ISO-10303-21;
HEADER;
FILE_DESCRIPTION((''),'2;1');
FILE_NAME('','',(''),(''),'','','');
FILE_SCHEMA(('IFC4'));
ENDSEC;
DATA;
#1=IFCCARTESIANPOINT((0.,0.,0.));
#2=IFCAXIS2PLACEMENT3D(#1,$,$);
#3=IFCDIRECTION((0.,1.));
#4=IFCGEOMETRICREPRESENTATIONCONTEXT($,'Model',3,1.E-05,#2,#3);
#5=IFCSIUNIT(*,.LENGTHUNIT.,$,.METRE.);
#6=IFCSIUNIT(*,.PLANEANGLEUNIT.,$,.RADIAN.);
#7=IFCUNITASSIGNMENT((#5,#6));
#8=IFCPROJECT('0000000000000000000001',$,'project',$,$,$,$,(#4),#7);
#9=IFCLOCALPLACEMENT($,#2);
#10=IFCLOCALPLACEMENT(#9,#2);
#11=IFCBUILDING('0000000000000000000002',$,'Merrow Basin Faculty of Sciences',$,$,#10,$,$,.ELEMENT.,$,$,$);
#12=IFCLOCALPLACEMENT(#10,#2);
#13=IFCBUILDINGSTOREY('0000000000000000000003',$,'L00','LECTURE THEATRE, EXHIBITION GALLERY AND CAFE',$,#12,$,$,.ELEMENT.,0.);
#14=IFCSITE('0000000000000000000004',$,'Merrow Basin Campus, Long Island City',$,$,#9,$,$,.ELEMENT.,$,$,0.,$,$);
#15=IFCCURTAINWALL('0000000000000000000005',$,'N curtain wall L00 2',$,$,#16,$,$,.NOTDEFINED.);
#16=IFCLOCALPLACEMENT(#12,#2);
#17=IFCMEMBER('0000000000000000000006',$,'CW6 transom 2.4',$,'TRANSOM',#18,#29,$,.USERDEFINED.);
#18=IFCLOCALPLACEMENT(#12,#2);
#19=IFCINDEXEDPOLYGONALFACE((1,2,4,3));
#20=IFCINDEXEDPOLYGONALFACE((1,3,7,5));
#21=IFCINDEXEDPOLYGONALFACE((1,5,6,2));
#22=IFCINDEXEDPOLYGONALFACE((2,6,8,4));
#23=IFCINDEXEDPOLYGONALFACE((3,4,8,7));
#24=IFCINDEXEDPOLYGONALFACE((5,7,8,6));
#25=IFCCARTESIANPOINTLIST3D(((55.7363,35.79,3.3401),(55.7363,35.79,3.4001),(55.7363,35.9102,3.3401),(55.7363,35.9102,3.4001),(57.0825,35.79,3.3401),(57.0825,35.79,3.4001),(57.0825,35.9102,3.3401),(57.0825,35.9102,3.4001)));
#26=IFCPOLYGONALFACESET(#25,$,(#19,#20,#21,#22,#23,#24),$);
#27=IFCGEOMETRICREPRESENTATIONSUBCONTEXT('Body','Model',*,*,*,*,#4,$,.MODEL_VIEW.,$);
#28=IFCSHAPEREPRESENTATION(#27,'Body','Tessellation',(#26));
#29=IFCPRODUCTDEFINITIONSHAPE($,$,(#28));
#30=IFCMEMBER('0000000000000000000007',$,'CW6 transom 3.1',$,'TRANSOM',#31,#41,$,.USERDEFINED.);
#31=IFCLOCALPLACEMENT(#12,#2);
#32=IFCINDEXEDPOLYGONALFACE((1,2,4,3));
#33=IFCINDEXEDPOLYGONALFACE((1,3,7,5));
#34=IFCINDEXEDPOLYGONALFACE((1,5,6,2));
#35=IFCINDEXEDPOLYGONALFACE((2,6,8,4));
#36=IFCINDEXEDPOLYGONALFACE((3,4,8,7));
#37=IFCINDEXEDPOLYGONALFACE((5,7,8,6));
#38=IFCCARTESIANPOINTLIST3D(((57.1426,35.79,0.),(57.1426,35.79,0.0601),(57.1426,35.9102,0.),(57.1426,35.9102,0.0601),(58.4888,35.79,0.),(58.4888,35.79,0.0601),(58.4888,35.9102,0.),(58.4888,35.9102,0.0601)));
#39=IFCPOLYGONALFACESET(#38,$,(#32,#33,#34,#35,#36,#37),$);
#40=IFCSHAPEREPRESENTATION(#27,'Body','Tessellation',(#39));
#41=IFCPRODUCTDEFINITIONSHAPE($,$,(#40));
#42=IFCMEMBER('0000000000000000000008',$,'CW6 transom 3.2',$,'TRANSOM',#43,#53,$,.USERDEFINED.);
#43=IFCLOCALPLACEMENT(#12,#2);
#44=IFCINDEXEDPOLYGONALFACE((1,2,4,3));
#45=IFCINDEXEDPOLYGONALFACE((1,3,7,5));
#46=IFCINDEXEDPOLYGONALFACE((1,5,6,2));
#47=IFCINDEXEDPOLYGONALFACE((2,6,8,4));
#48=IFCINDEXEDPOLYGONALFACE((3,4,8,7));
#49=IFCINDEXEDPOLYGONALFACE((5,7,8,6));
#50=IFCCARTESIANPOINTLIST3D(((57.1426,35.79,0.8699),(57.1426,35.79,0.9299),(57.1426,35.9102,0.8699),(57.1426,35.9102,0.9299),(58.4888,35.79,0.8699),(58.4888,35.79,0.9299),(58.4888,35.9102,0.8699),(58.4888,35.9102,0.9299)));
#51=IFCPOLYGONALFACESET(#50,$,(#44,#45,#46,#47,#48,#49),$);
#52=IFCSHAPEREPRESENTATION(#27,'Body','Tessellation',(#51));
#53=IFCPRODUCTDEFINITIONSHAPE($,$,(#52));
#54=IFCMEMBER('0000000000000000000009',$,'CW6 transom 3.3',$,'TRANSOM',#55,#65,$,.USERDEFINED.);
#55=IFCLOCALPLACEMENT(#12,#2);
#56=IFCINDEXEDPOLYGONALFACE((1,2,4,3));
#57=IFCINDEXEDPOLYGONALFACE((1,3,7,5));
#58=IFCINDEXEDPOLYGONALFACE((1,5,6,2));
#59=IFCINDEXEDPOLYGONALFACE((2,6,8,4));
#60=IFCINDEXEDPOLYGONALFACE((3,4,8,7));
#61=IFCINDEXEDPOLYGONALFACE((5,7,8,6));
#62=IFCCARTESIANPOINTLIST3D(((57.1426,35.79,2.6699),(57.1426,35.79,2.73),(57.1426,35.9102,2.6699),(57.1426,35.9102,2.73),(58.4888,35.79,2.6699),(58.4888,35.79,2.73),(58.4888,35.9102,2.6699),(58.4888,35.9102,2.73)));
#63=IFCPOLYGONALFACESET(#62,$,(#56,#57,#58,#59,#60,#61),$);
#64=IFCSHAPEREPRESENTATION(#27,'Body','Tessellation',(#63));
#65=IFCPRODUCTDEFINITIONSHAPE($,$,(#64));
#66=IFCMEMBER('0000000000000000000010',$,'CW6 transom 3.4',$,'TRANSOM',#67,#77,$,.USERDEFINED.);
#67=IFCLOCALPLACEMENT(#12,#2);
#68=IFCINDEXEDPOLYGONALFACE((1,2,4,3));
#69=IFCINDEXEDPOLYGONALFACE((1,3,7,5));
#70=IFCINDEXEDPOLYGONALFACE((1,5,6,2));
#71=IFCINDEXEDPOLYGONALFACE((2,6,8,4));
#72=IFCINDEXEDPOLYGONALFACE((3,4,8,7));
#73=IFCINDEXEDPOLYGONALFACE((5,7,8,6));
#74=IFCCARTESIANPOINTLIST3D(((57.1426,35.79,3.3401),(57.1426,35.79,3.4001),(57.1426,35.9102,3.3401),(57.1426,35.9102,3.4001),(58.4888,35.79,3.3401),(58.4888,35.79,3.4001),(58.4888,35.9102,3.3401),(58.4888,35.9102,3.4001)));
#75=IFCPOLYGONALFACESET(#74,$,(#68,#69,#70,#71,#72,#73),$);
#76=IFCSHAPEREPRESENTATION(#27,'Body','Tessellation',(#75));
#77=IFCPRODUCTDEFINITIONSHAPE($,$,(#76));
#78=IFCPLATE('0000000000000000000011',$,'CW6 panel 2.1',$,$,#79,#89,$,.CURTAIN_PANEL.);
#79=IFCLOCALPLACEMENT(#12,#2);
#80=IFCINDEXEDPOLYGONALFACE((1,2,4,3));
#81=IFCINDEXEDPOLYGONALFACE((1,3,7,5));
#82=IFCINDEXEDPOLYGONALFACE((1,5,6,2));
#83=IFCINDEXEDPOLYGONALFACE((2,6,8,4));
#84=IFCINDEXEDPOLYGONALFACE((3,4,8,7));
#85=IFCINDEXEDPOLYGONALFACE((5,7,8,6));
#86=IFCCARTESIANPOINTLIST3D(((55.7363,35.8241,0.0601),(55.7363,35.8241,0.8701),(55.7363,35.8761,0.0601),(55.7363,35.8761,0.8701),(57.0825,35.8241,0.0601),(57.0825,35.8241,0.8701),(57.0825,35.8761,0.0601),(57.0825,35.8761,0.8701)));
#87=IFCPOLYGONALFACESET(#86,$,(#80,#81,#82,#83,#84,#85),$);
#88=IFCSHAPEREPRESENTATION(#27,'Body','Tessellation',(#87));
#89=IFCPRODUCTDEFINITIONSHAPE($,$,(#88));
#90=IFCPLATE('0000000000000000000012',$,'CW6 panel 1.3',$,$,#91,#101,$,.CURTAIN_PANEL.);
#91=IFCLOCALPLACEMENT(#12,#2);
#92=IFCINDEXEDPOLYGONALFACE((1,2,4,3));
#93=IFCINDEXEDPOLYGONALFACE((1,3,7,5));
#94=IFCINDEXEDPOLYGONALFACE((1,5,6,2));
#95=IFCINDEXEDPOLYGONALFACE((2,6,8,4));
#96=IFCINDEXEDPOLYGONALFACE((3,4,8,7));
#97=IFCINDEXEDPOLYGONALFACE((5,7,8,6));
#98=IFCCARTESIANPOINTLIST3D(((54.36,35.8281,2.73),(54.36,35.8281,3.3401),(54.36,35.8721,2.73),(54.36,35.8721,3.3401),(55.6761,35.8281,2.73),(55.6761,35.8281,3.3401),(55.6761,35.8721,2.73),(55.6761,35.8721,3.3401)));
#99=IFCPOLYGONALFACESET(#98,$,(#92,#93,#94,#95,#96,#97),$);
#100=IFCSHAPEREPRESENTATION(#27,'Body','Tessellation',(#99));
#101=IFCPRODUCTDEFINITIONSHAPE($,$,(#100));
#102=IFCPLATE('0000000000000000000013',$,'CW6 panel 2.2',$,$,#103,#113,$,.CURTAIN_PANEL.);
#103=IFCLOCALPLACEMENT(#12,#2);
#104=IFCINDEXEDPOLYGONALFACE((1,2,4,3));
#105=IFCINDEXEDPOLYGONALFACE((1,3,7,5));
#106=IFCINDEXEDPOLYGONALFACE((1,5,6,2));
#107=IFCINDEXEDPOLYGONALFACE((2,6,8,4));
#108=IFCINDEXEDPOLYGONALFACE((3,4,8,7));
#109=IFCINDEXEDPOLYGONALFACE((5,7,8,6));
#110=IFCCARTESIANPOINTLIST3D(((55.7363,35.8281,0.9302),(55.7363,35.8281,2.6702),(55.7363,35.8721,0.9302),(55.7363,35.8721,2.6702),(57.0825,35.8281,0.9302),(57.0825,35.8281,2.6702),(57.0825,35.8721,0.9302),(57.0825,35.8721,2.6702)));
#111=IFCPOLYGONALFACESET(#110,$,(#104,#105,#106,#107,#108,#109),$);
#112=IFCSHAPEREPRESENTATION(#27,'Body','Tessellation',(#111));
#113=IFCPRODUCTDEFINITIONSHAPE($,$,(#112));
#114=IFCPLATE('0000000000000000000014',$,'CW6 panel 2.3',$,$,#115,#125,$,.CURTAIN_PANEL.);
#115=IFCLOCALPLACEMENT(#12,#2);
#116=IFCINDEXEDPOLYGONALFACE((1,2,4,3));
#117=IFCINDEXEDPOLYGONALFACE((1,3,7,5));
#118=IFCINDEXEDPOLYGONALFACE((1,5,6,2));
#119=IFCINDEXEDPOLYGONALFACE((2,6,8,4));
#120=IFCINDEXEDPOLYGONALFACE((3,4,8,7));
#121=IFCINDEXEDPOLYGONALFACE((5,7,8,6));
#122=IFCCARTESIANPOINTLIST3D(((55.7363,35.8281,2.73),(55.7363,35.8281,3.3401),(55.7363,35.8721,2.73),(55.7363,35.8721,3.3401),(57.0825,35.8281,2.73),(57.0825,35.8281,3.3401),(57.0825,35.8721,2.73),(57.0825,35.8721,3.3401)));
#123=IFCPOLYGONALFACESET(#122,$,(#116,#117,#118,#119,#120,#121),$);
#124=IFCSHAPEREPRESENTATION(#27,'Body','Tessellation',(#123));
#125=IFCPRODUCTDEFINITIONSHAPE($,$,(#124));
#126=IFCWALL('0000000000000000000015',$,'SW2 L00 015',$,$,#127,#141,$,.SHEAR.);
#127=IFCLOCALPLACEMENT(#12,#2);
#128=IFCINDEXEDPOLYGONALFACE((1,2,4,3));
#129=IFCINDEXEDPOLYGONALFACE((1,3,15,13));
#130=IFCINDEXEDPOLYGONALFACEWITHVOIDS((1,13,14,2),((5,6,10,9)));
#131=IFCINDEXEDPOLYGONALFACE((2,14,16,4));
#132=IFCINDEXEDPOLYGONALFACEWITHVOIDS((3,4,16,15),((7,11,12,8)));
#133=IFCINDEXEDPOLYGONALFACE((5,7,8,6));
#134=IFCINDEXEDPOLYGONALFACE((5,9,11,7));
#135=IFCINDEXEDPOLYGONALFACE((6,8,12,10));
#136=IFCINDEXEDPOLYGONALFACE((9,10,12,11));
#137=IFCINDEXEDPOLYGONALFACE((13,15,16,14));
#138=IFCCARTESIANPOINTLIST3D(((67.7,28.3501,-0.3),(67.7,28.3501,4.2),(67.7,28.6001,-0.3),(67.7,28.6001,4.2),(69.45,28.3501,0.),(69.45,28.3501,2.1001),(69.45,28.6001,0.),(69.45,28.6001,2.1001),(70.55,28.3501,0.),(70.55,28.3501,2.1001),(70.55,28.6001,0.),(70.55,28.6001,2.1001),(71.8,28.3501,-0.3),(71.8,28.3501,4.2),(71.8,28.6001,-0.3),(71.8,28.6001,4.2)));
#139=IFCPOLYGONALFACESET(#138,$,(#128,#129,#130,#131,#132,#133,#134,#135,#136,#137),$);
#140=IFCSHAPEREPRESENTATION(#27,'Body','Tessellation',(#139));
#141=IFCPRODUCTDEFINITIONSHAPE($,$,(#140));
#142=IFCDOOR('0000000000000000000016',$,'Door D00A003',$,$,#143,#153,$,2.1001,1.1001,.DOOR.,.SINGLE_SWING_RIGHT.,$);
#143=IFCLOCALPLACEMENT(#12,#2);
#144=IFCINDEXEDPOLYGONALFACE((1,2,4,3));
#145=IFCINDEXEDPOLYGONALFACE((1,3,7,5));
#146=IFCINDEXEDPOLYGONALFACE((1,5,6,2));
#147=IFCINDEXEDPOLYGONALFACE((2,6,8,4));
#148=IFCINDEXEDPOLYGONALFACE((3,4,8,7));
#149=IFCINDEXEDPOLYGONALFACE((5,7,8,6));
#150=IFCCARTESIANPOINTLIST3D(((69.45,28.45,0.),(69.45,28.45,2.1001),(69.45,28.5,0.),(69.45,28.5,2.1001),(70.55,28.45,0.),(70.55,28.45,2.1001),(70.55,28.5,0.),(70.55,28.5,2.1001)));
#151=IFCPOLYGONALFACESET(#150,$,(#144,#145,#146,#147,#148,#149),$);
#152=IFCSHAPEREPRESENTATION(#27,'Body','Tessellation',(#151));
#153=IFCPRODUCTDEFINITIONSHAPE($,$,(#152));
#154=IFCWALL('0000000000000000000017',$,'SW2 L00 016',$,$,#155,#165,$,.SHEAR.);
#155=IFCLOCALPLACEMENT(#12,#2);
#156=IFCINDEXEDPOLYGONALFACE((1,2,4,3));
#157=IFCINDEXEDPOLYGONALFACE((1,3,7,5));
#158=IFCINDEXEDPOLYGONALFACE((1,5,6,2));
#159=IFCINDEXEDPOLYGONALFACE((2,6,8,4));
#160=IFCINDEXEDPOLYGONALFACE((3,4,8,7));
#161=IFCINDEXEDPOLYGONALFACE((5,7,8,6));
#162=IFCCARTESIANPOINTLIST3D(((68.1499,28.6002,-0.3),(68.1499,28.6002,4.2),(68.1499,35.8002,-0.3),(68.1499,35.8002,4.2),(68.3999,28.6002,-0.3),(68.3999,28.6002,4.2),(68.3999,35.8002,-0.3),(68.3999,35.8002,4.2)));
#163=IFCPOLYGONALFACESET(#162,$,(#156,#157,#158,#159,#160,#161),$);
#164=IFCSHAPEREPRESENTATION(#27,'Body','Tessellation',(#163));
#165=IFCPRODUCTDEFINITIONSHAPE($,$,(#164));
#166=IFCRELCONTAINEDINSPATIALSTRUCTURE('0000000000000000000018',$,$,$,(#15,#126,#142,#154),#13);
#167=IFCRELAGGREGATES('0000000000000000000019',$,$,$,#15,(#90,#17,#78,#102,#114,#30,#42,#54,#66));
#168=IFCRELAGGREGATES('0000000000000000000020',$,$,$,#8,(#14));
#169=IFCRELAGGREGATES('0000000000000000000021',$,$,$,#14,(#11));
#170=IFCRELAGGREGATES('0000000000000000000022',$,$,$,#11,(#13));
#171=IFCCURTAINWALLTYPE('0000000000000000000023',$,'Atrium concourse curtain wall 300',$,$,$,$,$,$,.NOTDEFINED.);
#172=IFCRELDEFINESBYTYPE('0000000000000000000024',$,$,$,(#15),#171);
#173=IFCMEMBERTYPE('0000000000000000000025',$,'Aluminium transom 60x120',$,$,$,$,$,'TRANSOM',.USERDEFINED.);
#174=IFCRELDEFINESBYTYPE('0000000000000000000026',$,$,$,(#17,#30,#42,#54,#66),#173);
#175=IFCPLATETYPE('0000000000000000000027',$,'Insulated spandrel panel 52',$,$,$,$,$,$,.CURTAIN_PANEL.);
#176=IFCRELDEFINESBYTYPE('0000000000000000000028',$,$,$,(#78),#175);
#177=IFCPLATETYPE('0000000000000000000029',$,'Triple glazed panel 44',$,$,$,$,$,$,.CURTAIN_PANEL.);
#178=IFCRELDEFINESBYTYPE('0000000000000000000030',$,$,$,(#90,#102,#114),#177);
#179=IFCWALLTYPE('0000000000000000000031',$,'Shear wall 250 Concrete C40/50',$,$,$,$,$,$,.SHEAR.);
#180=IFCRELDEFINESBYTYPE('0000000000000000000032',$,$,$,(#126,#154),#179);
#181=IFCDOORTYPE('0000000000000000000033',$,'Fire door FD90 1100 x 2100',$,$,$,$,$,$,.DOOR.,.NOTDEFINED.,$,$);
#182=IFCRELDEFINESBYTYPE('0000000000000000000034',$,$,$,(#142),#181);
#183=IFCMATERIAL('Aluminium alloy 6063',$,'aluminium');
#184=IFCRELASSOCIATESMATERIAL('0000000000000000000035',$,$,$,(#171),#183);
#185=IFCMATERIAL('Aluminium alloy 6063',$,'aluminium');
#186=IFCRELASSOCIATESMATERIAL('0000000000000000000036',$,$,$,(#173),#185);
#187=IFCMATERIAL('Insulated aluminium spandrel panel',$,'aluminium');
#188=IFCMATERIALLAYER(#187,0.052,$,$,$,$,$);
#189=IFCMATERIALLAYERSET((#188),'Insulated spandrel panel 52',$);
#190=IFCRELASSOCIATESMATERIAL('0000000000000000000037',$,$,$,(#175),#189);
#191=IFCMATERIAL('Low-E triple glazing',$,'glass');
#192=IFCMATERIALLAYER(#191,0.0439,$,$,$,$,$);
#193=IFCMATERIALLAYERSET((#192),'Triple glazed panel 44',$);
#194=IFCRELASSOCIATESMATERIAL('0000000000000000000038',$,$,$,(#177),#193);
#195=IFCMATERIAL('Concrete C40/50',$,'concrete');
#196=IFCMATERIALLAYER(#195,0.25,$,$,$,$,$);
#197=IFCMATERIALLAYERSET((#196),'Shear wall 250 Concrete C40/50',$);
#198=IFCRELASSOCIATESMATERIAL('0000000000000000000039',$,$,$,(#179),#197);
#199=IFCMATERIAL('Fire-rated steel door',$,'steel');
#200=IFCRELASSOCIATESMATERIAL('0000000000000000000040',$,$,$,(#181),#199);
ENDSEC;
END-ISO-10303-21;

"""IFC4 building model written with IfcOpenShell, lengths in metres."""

from ifc_helpers import new_model, si_unit, direction, frame, frame_2d, origin, origin_2d, place, context, subcontext, project, spatial, rectangle, extrude, material, layer, layer_set, material_profile, profile_set, type_object, element, fill, aggregate, save


model = new_model("IFC4")

# Units and contexts
model_context = context("Model", 3, precision=1e-05, world=origin(), true_north=direction((0.0, 1.0)))
body_context = subcontext(model_context, "Body", "Model", "MODEL_VIEW")
ifc_project = project(units=[si_unit("LENGTHUNIT", "METRE"), si_unit("PLANEANGLEUNIT", "RADIAN")], contexts=[model_context])

# Site, building, storey
site_placement = place(None, origin())
site = spatial("IfcSite", under=ifc_project, at=site_placement, Name="Merrow Basin Campus, Long Island City", CompositionType="ELEMENT", RefElevation=0.0)
building_placement = place(site_placement, origin())
building = spatial("IfcBuilding", under=site, at=building_placement, Name="Merrow Basin Faculty of Sciences", CompositionType="ELEMENT")
storey_placement = place(building_placement, origin())
storey = spatial("IfcBuildingStorey", under=building, at=storey_placement, Name="L00", Description="LECTURE THEATRE, EXHIBITION GALLERY AND CAFE", CompositionType="ELEMENT", Elevation=0.0)

# Curtain wall, members, plates
ifc_material_1 = material(Name="Aluminium alloy 6063", Category="aluminium")
curtain_wall_type = type_object("IfcCurtainWallType", Name="Atrium concourse curtain wall 300", PredefinedType="NOTDEFINED", material=ifc_material_1)
curtain_wall_placement = place(storey_placement, origin())
curtain_wall = element("IfcCurtainWall", 1, at=curtain_wall_placement, inside=storey, type_object=curtain_wall_type, Name="N curtain wall L00 2", PredefinedType="NOTDEFINED")
ifc_material_2 = material(Name="Aluminium alloy 6063", Category="aluminium")
ifc_material_profile_1 = material_profile(ifc_material_2, rectangle(XDim=0.1201, YDim=0.0601, at=origin_2d()))
ifc_profile_set_1 = profile_set([ifc_material_profile_1], Name="Aluminium alloy 6063")
member_type_1 = type_object("IfcMemberType", Name="Aluminium transom 60x120", ElementType="TRANSOM", PredefinedType="USERDEFINED", material=ifc_profile_set_1)
member_1_placement = place(storey_placement, frame((55.7363, 35.8501, 3.3701), z_axis=(1.0, 0.0, 0.0), x_axis=(0.0, 1.0, 0.0)))
member_1 = element("IfcMember", 2, at=member_1_placement, type_object=member_type_1, Name="CW6 transom 2.4", ObjectType="TRANSOM", PredefinedType="USERDEFINED", context=body_context, shape_type="SweptSolid", body=[
    extrude(rectangle(XDim=0.1201, YDim=0.0601, at=origin_2d()), origin(), (0.0, 0.0, 1.0), 1.3462),
])
member_2_placement = place(storey_placement, frame((57.1426, 35.8501, 0.03), z_axis=(1.0, 0.0, 0.0), x_axis=(0.0, 1.0, 0.0)))
member_2 = element("IfcMember", 3, at=member_2_placement, type_object=member_type_1, Name="CW6 transom 3.1", ObjectType="TRANSOM", PredefinedType="USERDEFINED", context=body_context, shape_type="SweptSolid", body=[
    extrude(rectangle(XDim=0.1201, YDim=0.0601, at=origin_2d()), origin(), (0.0, 0.0, 1.0), 1.3462),
])
member_3_placement = place(storey_placement, frame((57.1426, 35.8501, 0.8999), z_axis=(1.0, 0.0, 0.0), x_axis=(0.0, 1.0, 0.0)))
member_3 = element("IfcMember", 4, at=member_3_placement, type_object=member_type_1, Name="CW6 transom 3.2", ObjectType="TRANSOM", PredefinedType="USERDEFINED", context=body_context, shape_type="SweptSolid", body=[
    extrude(rectangle(XDim=0.1201, YDim=0.0601, at=origin_2d()), origin(), (0.0, 0.0, 1.0), 1.3462),
])
member_4_placement = place(storey_placement, frame((57.1426, 35.8501, 2.7), z_axis=(1.0, 0.0, 0.0), x_axis=(0.0, 1.0, 0.0)))
member_4 = element("IfcMember", 5, at=member_4_placement, type_object=member_type_1, Name="CW6 transom 3.3", ObjectType="TRANSOM", PredefinedType="USERDEFINED", context=body_context, shape_type="SweptSolid", body=[
    extrude(rectangle(XDim=0.1201, YDim=0.0601, at=origin_2d()), origin(), (0.0, 0.0, 1.0), 1.3462),
])
member_5_placement = place(storey_placement, frame((57.1426, 35.8501, 3.3701), z_axis=(1.0, 0.0, 0.0), x_axis=(0.0, 1.0, 0.0)))
member_5 = element("IfcMember", 6, at=member_5_placement, type_object=member_type_1, Name="CW6 transom 3.4", ObjectType="TRANSOM", PredefinedType="USERDEFINED", context=body_context, shape_type="SweptSolid", body=[
    extrude(rectangle(XDim=0.1201, YDim=0.0601, at=origin_2d()), origin(), (0.0, 0.0, 1.0), 1.3462),
])
ifc_material_3 = material(Name="Insulated aluminium spandrel panel", Category="aluminium")
ifc_layer_1 = layer(ifc_material_3, 0.052)
ifc_layer_set_1 = layer_set([ifc_layer_1], Name="Insulated spandrel panel 52")
plate_type_1 = type_object("IfcPlateType", Name="Insulated spandrel panel 52", PredefinedType="CURTAIN_PANEL", material=ifc_layer_set_1)
plate_1_placement = place(storey_placement, frame((56.4094, 35.8501, 0.0601), z_axis=(0.0, 0.0, 1.0), x_axis=(1.0, 0.0, 0.0)))
plate_1 = element("IfcPlate", 7, at=plate_1_placement, type_object=plate_type_1, Name="CW6 panel 2.1", PredefinedType="CURTAIN_PANEL", context=body_context, shape_type="SweptSolid", body=[
    extrude(rectangle(XDim=1.3462, YDim=0.052, at=origin_2d()), origin(), (0.0, 0.0, 1.0), 0.8101),
])
ifc_material_4 = material(Name="Low-E triple glazing", Category="glass")
ifc_layer_2 = layer(ifc_material_4, 0.0439)
ifc_layer_set_2 = layer_set([ifc_layer_2], Name="Triple glazed panel 44")
plate_type_2 = type_object("IfcPlateType", Name="Triple glazed panel 44", PredefinedType="CURTAIN_PANEL", material=ifc_layer_set_2)
plate_2_placement = place(storey_placement, frame((55.0181, 35.8501, 2.73), z_axis=(0.0, 0.0, 1.0), x_axis=(1.0, 0.0, 0.0)))
plate_2 = element("IfcPlate", 8, at=plate_2_placement, type_object=plate_type_2, Name="CW6 panel 1.3", PredefinedType="CURTAIN_PANEL", context=body_context, shape_type="SweptSolid", body=[
    extrude(rectangle(XDim=1.3162, YDim=0.0439, at=origin_2d()), origin(), (0.0, 0.0, 1.0), 0.6101),
])
plate_3_placement = place(storey_placement, frame((56.4094, 35.8501, 0.9302), z_axis=(0.0, 0.0, 1.0), x_axis=(1.0, 0.0, 0.0)))
plate_3 = element("IfcPlate", 9, at=plate_3_placement, type_object=plate_type_2, Name="CW6 panel 2.2", PredefinedType="CURTAIN_PANEL", context=body_context, shape_type="SweptSolid", body=[
    extrude(rectangle(XDim=1.3462, YDim=0.0439, at=origin_2d()), origin(), (0.0, 0.0, 1.0), 1.74),
])
plate_4_placement = place(storey_placement, frame((56.4094, 35.8501, 2.73), z_axis=(0.0, 0.0, 1.0), x_axis=(1.0, 0.0, 0.0)))
plate_4 = element("IfcPlate", 10, at=plate_4_placement, type_object=plate_type_2, Name="CW6 panel 2.3", PredefinedType="CURTAIN_PANEL", context=body_context, shape_type="SweptSolid", body=[
    extrude(rectangle(XDim=1.3462, YDim=0.0439, at=origin_2d()), origin(), (0.0, 0.0, 1.0), 0.6101),
])
aggregate(curtain_wall, [plate_2, member_1, plate_1, plate_3, plate_4, member_2, member_3, member_4, member_5])

# Wall, opening, door
ifc_material_5 = material(Name="Concrete C40/50", Category="concrete")
ifc_layer_3 = layer(ifc_material_5, 0.25)
ifc_layer_set_3 = layer_set([ifc_layer_3], Name="Shear wall 250 Concrete C40/50")
wall_type_1 = type_object("IfcWallType", Name="Shear wall 250 Concrete C40/50", PredefinedType="SHEAR", material=ifc_layer_set_3)
wall_1_placement = place(storey_placement, frame((67.7, 28.4751, -0.3), z_axis=(0.0, 0.0, 1.0), x_axis=(1.0, 0.0, 0.0)))
wall_1 = element("IfcWall", 11, at=wall_1_placement, inside=storey, type_object=wall_type_1, Name="SW2 L00 015", PredefinedType="SHEAR", context=body_context, shape_type="SweptSolid", body=[
    extrude(rectangle(XDim=4.1001, YDim=0.25, at=frame_2d((2.05, 0.0))), origin(), (0.0, 0.0, 1.0), 4.5),
])
opening_1_placement = place(wall_1_placement, frame((1.75, 0.0, 0.3)))
opening_1 = element("IfcOpeningElement", 12, at=opening_1_placement, cuts=wall_1, PredefinedType="OPENING", context=body_context, shape_type="SweptSolid", body=[
    extrude(rectangle(XDim=1.1001, YDim=2.1001, at=frame_2d((0.55, 1.05))), frame((0.0, 0.135, 0.0), z_axis=(0.0, -1.0, 0.0), x_axis=(1.0, 0.0, 0.0)), (0.0, 0.0, 1.0), 0.27),
])
ifc_material_6 = material(Name="Fire-rated steel door", Category="steel")
door_type_1 = type_object("IfcDoorType", Name="Fire door FD90 1100 x 2100", OperationType="NOTDEFINED", PredefinedType="DOOR", material=ifc_material_6)
door_1_placement = place(opening_1_placement, origin())
door_1 = element("IfcDoor", 13, at=door_1_placement, inside=storey, type_object=door_type_1, Name="Door D00A003", OperationType="SINGLE_SWING_RIGHT", OverallHeight=2.1001, OverallWidth=1.1001, PredefinedType="DOOR", context=body_context, shape_type="SweptSolid", body=[
    extrude(rectangle(XDim=1.1001, YDim=2.1001, at=frame_2d((0.55, 1.05))), frame((0.0, 0.0249, 0.0), z_axis=(0.0, -1.0, 0.0), x_axis=(1.0, 0.0, 0.0)), (0.0, 0.0, 1.0), 0.05),
])
fill(opening_1, door_1)

# Wall
wall_2_placement = place(storey_placement, frame((68.2749, 28.6001, -0.3), z_axis=(0.0, 0.0, 1.0), x_axis=(0.0, 1.0, 0.0)))
element("IfcWall", 14, at=wall_2_placement, inside=storey, type_object=wall_type_1, Name="SW2 L00 016", PredefinedType="SHEAR", context=body_context, shape_type="SweptSolid", body=[
    extrude(rectangle(XDim=7.2, YDim=0.25, at=frame_2d((3.6001, 0.0))), origin(), (0.0, 0.0, 1.0), 4.5),
])

save(model, "model.ifc")
